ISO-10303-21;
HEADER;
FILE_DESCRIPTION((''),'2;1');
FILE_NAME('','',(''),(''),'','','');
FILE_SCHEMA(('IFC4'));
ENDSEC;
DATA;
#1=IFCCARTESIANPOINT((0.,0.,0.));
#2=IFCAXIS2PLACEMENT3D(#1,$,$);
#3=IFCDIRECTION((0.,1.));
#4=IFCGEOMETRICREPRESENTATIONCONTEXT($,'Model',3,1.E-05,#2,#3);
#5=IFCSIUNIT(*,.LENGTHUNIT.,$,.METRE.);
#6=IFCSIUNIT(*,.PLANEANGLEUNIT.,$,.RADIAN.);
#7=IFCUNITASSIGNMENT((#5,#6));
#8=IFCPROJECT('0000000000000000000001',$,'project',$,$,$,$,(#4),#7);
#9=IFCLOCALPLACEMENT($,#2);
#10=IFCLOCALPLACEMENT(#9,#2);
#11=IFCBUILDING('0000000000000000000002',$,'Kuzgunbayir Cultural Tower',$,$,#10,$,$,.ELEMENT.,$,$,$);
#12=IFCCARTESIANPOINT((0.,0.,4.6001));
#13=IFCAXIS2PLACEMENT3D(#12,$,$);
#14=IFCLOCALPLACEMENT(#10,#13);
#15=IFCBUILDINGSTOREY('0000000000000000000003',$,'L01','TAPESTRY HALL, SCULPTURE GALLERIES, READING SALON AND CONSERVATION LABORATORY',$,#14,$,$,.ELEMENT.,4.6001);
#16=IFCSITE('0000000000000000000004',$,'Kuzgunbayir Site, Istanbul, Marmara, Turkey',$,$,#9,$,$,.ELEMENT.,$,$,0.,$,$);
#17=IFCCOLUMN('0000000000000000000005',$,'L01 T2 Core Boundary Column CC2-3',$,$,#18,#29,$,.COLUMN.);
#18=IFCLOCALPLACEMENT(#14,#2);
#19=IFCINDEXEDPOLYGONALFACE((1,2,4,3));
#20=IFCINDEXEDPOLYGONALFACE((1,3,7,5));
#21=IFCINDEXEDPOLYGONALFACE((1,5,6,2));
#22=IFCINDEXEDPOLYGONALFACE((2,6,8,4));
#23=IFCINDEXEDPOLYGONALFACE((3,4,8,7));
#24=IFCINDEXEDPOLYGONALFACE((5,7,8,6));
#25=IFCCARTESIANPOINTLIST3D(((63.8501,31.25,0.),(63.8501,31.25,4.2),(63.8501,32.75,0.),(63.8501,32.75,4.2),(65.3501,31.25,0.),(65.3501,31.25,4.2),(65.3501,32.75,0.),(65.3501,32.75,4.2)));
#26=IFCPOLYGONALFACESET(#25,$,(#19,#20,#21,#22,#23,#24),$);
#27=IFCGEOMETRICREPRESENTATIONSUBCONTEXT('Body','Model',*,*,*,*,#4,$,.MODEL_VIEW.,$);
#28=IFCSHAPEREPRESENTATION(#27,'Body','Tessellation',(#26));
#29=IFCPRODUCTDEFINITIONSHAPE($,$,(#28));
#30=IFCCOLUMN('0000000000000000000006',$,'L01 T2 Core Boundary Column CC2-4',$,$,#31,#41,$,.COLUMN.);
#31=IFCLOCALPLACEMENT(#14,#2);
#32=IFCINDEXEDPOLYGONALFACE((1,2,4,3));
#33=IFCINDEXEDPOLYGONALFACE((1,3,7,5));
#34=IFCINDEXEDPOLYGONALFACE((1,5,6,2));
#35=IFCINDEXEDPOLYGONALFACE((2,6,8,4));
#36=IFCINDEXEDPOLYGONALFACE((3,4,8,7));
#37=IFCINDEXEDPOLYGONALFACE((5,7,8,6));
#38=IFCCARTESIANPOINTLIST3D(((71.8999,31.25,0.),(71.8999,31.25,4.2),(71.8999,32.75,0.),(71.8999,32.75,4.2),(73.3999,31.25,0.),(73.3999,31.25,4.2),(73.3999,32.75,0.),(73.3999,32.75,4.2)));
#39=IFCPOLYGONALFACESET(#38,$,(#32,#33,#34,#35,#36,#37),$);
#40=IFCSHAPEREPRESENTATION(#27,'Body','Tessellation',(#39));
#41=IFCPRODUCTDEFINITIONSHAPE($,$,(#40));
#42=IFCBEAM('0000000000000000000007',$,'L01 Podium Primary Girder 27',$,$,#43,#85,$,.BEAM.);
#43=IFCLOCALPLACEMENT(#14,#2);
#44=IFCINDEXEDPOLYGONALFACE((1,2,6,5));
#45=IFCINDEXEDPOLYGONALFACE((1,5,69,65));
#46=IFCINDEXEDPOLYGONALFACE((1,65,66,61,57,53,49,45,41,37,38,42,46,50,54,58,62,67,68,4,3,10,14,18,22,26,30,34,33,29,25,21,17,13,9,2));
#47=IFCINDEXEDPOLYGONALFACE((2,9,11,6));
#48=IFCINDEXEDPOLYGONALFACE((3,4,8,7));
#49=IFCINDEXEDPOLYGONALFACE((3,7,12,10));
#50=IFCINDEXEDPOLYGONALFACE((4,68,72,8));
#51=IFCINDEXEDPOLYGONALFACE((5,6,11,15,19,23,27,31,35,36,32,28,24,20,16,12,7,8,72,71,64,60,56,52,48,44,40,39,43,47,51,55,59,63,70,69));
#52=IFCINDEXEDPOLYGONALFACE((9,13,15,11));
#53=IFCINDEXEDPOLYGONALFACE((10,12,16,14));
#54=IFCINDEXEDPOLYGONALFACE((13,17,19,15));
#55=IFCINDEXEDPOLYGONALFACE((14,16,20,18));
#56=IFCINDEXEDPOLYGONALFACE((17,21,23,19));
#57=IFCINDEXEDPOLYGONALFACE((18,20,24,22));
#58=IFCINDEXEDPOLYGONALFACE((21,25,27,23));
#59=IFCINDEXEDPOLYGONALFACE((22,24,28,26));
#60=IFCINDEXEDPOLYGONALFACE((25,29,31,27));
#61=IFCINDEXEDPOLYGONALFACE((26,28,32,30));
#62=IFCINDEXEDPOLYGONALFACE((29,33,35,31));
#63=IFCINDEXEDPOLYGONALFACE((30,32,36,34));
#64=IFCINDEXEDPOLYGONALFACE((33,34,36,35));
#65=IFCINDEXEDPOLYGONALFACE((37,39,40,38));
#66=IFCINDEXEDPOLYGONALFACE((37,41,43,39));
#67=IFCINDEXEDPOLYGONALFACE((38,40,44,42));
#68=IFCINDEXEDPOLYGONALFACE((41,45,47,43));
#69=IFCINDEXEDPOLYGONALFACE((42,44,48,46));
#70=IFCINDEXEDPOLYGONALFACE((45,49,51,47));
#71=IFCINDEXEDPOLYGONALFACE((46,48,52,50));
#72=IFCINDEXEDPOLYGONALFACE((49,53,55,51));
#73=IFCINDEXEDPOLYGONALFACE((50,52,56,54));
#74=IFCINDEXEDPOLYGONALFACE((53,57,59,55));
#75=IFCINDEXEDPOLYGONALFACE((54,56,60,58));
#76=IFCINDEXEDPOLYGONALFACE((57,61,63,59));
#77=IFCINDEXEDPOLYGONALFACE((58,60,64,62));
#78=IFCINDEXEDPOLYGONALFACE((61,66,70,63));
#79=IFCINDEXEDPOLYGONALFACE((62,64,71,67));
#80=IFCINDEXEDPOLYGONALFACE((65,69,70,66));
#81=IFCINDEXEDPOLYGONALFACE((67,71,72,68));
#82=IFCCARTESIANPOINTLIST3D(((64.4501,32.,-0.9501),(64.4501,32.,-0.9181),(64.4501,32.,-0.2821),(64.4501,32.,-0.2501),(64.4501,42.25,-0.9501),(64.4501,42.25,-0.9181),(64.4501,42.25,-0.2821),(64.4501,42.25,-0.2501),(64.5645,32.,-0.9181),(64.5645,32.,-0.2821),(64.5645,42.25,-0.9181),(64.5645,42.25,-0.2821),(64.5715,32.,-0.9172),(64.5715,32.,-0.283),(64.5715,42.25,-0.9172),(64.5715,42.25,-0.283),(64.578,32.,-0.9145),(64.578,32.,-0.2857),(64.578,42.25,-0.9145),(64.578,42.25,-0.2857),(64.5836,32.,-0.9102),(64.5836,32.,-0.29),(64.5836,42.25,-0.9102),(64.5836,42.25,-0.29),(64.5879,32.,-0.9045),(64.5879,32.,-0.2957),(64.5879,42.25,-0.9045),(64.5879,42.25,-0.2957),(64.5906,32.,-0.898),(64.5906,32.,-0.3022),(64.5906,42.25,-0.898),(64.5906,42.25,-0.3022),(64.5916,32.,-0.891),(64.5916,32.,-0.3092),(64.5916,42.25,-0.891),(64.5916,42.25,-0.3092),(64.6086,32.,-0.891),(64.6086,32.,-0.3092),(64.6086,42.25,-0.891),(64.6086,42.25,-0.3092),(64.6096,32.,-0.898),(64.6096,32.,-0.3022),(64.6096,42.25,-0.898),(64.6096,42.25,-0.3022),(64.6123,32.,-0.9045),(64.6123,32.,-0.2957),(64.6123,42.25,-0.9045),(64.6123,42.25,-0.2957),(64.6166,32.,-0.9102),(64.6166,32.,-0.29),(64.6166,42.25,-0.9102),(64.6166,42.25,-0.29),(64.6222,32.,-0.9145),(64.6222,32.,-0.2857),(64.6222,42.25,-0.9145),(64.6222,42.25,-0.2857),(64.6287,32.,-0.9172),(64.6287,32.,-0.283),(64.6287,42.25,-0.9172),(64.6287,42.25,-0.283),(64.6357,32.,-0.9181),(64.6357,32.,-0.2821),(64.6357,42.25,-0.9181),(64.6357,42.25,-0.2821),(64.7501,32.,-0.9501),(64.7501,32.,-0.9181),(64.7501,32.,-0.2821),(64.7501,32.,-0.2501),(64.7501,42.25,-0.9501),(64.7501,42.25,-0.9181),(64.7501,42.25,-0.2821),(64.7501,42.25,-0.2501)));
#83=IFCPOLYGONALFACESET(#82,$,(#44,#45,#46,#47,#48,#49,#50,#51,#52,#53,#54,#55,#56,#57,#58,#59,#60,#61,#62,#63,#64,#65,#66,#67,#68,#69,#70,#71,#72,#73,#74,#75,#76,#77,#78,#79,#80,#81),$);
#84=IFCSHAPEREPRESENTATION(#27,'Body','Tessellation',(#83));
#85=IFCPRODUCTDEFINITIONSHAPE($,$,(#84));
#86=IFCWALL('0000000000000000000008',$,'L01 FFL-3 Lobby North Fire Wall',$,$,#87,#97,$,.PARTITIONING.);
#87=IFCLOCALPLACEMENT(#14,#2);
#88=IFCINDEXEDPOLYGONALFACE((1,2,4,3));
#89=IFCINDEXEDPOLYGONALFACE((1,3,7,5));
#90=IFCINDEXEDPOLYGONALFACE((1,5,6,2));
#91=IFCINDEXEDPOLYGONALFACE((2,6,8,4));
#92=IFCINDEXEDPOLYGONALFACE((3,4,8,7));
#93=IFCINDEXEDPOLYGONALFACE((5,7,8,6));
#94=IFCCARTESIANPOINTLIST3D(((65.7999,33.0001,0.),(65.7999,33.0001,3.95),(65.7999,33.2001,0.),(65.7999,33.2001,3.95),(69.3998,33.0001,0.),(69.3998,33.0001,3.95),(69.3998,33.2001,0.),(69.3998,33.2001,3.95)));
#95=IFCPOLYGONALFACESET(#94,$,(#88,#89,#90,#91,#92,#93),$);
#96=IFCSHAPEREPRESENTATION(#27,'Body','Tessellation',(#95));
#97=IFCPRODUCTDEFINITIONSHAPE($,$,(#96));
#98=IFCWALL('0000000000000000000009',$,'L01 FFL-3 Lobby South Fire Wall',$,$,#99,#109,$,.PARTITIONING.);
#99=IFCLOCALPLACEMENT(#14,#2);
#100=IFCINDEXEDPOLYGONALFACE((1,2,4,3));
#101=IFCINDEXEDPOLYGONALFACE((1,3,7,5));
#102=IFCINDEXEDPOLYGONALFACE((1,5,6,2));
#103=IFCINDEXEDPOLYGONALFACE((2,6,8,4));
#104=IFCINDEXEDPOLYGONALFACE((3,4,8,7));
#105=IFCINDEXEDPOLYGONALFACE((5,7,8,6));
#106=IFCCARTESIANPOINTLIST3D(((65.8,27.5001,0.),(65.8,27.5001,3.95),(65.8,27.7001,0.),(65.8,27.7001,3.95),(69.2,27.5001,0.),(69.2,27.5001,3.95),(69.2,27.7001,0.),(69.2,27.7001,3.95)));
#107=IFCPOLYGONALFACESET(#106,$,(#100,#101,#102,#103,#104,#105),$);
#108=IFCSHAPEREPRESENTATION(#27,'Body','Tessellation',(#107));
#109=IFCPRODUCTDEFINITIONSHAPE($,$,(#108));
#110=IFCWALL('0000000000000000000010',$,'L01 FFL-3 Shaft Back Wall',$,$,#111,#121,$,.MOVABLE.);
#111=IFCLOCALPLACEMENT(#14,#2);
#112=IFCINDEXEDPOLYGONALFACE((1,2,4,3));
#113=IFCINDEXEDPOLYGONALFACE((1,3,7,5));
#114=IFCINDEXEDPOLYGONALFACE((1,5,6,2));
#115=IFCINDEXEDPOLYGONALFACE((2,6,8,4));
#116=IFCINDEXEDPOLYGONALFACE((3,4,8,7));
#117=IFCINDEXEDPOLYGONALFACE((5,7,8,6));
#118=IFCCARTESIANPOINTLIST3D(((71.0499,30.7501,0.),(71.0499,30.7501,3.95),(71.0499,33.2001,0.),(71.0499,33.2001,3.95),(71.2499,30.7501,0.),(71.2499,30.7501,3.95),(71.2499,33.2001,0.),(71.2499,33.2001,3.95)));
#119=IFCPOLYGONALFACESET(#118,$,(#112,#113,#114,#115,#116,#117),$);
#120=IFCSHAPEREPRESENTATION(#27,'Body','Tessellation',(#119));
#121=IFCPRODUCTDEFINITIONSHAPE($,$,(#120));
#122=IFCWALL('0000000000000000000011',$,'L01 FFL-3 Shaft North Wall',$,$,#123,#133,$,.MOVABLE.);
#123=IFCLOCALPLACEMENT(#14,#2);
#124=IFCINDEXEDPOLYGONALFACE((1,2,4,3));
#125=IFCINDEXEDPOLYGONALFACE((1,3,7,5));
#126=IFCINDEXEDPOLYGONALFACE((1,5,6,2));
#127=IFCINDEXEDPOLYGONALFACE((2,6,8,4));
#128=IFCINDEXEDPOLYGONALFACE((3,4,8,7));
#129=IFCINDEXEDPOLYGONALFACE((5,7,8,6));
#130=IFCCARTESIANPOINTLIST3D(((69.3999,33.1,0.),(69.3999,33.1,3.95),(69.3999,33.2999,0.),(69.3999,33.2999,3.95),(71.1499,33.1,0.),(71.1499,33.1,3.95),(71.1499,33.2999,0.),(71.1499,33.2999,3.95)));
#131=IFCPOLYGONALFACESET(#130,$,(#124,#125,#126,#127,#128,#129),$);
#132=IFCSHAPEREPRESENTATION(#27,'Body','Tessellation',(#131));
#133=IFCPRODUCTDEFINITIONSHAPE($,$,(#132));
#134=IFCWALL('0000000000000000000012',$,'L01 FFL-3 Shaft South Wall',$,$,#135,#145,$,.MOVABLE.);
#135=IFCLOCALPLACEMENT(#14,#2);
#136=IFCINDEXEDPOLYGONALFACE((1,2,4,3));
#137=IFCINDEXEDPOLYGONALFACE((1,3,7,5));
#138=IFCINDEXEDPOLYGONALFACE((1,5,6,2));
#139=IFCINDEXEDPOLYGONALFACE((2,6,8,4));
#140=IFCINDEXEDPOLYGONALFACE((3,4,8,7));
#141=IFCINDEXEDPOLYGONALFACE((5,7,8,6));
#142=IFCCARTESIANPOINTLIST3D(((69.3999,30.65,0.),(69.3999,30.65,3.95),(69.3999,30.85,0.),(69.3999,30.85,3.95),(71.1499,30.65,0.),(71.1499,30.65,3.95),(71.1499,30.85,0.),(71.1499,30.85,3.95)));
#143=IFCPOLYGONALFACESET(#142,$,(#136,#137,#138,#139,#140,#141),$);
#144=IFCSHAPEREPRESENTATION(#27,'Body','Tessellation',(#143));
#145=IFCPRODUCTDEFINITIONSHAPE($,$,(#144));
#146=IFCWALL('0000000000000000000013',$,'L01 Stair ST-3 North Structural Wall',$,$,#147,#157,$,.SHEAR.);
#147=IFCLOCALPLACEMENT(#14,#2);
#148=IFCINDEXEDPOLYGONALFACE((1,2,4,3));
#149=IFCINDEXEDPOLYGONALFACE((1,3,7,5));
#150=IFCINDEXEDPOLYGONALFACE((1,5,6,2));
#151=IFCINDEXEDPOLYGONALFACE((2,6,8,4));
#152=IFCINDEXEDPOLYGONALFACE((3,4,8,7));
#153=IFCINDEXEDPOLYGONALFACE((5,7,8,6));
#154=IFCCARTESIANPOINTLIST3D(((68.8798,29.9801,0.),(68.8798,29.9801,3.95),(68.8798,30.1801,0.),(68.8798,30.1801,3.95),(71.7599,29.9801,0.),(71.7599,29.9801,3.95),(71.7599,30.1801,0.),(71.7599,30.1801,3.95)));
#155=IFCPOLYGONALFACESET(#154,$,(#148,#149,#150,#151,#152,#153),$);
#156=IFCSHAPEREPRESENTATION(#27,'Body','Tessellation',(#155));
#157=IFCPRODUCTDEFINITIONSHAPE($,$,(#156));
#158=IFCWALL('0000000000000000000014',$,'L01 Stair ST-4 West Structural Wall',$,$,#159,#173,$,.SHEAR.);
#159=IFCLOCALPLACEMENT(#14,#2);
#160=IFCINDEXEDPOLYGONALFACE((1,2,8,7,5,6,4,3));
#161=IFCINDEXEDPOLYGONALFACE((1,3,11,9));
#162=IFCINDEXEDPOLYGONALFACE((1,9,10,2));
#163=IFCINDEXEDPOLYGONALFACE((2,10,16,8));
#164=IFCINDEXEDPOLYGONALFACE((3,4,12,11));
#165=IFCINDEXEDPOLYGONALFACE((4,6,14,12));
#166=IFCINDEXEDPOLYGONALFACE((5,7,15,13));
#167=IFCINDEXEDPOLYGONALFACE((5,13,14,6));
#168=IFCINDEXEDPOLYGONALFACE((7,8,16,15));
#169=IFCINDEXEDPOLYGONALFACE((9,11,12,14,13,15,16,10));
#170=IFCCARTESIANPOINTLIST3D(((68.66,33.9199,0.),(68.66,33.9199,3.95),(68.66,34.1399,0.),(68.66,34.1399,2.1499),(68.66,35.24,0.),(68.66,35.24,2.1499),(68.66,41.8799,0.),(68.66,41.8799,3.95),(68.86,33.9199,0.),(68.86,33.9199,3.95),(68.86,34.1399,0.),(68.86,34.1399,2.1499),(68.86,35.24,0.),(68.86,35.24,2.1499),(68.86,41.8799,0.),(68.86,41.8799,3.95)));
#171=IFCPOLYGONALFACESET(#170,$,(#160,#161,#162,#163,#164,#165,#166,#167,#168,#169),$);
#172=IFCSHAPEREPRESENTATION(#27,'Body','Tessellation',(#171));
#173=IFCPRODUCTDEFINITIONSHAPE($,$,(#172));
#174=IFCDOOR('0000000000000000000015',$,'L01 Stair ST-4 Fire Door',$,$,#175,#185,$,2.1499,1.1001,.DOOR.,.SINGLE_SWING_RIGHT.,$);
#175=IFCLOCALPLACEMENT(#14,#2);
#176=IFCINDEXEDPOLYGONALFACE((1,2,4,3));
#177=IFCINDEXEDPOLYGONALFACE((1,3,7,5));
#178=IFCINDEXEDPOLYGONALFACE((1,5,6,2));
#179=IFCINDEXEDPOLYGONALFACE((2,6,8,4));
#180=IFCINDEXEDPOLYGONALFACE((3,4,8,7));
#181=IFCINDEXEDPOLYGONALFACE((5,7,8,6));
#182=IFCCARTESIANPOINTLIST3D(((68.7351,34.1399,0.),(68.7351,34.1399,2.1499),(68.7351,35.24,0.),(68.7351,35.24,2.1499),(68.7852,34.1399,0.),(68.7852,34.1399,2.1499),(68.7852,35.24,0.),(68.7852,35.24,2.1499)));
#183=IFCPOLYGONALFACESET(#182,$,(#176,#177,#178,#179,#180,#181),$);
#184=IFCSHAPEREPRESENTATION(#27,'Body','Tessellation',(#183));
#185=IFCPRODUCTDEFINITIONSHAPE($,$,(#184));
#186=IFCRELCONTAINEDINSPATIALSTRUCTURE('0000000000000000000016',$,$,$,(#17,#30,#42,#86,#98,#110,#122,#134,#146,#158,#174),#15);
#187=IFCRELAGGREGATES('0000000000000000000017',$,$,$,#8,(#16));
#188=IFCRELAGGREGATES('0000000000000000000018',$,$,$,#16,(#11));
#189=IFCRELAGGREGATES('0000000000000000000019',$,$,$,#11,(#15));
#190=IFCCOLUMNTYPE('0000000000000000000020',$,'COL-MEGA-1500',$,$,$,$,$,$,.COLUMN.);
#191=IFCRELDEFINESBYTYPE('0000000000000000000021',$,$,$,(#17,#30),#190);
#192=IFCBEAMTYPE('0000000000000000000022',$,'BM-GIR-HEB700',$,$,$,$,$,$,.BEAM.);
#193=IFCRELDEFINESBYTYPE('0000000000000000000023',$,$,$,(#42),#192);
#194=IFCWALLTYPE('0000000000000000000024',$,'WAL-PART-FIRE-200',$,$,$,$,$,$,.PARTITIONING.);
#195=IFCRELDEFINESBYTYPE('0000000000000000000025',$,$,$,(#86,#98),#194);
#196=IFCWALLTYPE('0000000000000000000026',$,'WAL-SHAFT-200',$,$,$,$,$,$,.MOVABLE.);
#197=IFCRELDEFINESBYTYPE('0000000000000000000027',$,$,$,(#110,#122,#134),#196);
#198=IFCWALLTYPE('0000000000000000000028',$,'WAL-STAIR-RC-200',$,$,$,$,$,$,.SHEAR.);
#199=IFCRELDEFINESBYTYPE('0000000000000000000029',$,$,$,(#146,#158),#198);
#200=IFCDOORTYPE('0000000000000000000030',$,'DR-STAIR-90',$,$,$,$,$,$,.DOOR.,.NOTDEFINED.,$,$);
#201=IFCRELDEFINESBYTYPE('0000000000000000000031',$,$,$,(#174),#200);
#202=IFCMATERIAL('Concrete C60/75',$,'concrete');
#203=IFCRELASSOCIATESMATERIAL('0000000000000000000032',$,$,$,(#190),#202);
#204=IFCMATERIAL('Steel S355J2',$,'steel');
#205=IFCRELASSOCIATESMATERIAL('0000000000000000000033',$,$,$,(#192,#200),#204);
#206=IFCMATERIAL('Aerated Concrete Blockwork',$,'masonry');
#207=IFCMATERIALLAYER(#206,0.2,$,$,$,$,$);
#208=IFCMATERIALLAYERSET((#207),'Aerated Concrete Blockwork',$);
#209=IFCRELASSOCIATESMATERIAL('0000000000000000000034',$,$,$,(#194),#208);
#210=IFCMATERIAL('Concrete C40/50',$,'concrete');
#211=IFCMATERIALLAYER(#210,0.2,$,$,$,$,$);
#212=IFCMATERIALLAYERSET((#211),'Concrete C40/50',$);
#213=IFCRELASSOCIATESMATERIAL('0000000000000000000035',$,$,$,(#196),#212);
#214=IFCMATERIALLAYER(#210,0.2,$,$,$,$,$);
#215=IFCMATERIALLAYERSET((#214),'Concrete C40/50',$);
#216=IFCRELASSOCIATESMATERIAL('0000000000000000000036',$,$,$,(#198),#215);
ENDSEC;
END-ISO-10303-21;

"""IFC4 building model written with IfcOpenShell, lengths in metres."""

from ifc_helpers import new_model, si_unit, direction, frame, frame_2d, origin, origin_2d, place, context, subcontext, project, spatial, rectangle, i_section, extrude, material, layer, layer_set, material_profile, profile_set, type_object, element, fill, save


model = new_model("IFC4")

# Units and contexts
model_context = context("Model", 3, precision=1e-05, world=origin(), true_north=direction((0.0, 1.0)))
body_context = subcontext(model_context, "Body", "Model", "MODEL_VIEW")
ifc_project = project(units=[si_unit("LENGTHUNIT", "METRE"), si_unit("PLANEANGLEUNIT", "RADIAN")], contexts=[model_context])

# Site, building, storey
site_placement = place(None, origin())
site = spatial("IfcSite", under=ifc_project, at=site_placement, Name="Kuzgunbayir Site, Istanbul, Marmara, Turkey", CompositionType="ELEMENT", RefElevation=0.0)
building_placement = place(site_placement, origin())
building = spatial("IfcBuilding", under=site, at=building_placement, Name="Kuzgunbayir Cultural Tower", CompositionType="ELEMENT")
storey_placement = place(building_placement, frame((0.0, 0.0, 4.6001)))
storey = spatial("IfcBuildingStorey", under=building, at=storey_placement, Name="L01", Description="TAPESTRY HALL, SCULPTURE GALLERIES, READING SALON AND CONSERVATION LABORATORY", CompositionType="ELEMENT", Elevation=4.6001)

# Columns
ifc_material_1 = material(Name="Concrete C60/75", Category="concrete")
ifc_material_profile_1 = material_profile(ifc_material_1, rectangle(XDim=1.5, YDim=1.5, at=origin_2d()), Name="RC 1500x1500")
ifc_profile_set_1 = profile_set([ifc_material_profile_1], Name="Concrete C60/75")
column_type = type_object("IfcColumnType", Name="COL-MEGA-1500", PredefinedType="COLUMN", material=ifc_profile_set_1)
for number, where, z_axis, x_axis, name in (
    (1, (64.6001, 32.0, 0.0), (0.0, 0.0, 1.0), (1.0, 0.0, 0.0), "L01 T2 Core Boundary Column CC2-3"),
    (2, (72.6499, 32.0, 0.0), (0.0, 0.0, 1.0), (1.0, 0.0, 0.0), "L01 T2 Core Boundary Column CC2-4"),
):
    element("IfcColumn", number, at=place(storey_placement, frame(where, z_axis=z_axis, x_axis=x_axis)), inside=storey, type_object=column_type, Name=name, PredefinedType="COLUMN", context=body_context, shape_type="SweptSolid", body=[
        extrude(rectangle(XDim=1.5, YDim=1.5, at=origin_2d()), origin(), (0.0, 0.0, 1.0), 4.2),
    ])

# Beam
ifc_material_2 = material(Name="Steel S355J2", Category="steel")
ifc_material_profile_2 = material_profile(ifc_material_2, i_section(OverallWidth=0.3, OverallDepth=0.7, WebThickness=0.0171, FlangeThickness=0.032, FilletRadius=0.0271, at=origin_2d()), Name="HEB 700")
ifc_profile_set_2 = profile_set([ifc_material_profile_2], Name="Steel S355J2")
beam_type = type_object("IfcBeamType", Name="BM-GIR-HEB700", PredefinedType="BEAM", material=ifc_profile_set_2)
beam_placement = place(storey_placement, frame((64.6001, 32.0, -0.6001), z_axis=(0.0, 1.0, 0.0), x_axis=(-1.0, 0.0, 0.0)))
element("IfcBeam", 3, at=beam_placement, inside=storey, type_object=beam_type, Name="L01 Podium Primary Girder 27", PredefinedType="BEAM", context=body_context, shape_type="SweptSolid", body=[
    extrude(i_section(OverallWidth=0.3, OverallDepth=0.7, WebThickness=0.0171, FlangeThickness=0.032, FilletRadius=0.0271, at=origin_2d()), origin(), (0.0, 0.0, 1.0), 10.25),
])

# Shared definitions
ifc_material_3 = material(Name="Aerated Concrete Blockwork", Category="masonry")
ifc_layer_1 = layer(ifc_material_3, 0.2)
ifc_layer_set_1 = layer_set([ifc_layer_1], Name="Aerated Concrete Blockwork")
wall_type_1 = type_object("IfcWallType", Name="WAL-PART-FIRE-200", PredefinedType="PARTITIONING", material=ifc_layer_set_1)

# Walls
wall_1_placement = place(storey_placement, frame((65.8, 33.1001, 0.0), z_axis=(0.0, 0.0, 1.0), x_axis=(1.0, 0.0, 0.0)))
element("IfcWall", 4, at=wall_1_placement, inside=storey, type_object=wall_type_1, Name="L01 FFL-3 Lobby North Fire Wall", PredefinedType="PARTITIONING", context=body_context, shape_type="SweptSolid", body=[
    extrude(rectangle(XDim=3.5999, YDim=0.2, at=frame_2d((1.7998, 0.0))), origin(), (0.0, 0.0, 1.0), 3.95),
])
wall_2_placement = place(storey_placement, frame((65.8, 27.6001, 0.0), z_axis=(0.0, 0.0, 1.0), x_axis=(1.0, 0.0, 0.0)))
element("IfcWall", 5, at=wall_2_placement, inside=storey, type_object=wall_type_1, Name="L01 FFL-3 Lobby South Fire Wall", PredefinedType="PARTITIONING", context=body_context, shape_type="SweptSolid", body=[
    extrude(rectangle(XDim=3.3999, YDim=0.2, at=frame_2d((1.7, 0.0))), origin(), (0.0, 0.0, 1.0), 3.95),
])

# Shared definitions
ifc_material_4 = material(Name="Concrete C40/50", Category="concrete")
ifc_layer_2 = layer(ifc_material_4, 0.2)
ifc_layer_set_2 = layer_set([ifc_layer_2], Name="Concrete C40/50")
wall_type_2 = type_object("IfcWallType", Name="WAL-SHAFT-200", PredefinedType="MOVABLE", material=ifc_layer_set_2)

# Walls
wall_3_placement = place(storey_placement, frame((71.1499, 30.75, 0.0), z_axis=(0.0, 0.0, 1.0), x_axis=(0.0, 1.0, 0.0)))
element("IfcWall", 6, at=wall_3_placement, inside=storey, type_object=wall_type_2, Name="L01 FFL-3 Shaft Back Wall", PredefinedType="MOVABLE", context=body_context, shape_type="SweptSolid", body=[
    extrude(rectangle(XDim=2.45, YDim=0.2, at=frame_2d((1.2251, 0.0))), origin(), (0.0, 0.0, 1.0), 3.95),
])
for number, where, z_axis, x_axis, name in (
    (7, (69.3999, 33.2, 0.0), (0.0, 0.0, 1.0), (1.0, 0.0, 0.0), "L01 FFL-3 Shaft North Wall"),
    (8, (69.3999, 30.75, 0.0), (0.0, 0.0, 1.0), (1.0, 0.0, 0.0), "L01 FFL-3 Shaft South Wall"),
):
    element("IfcWall", number, at=place(storey_placement, frame(where, z_axis=z_axis, x_axis=x_axis)), inside=storey, type_object=wall_type_2, Name=name, PredefinedType="MOVABLE", context=body_context, shape_type="SweptSolid", body=[
        extrude(rectangle(XDim=1.75, YDim=0.2, at=frame_2d((0.875, 0.0))), origin(), (0.0, 0.0, 1.0), 3.95),
    ])
ifc_layer_3 = layer(ifc_material_4, 0.2)
ifc_layer_set_3 = layer_set([ifc_layer_3], Name="Concrete C40/50")
wall_type_3 = type_object("IfcWallType", Name="WAL-STAIR-RC-200", PredefinedType="SHEAR", material=ifc_layer_set_3)
wall_4_placement = place(storey_placement, frame((68.8799, 30.0801, 0.0), z_axis=(0.0, 0.0, 1.0), x_axis=(1.0, 0.0, 0.0)))
element("IfcWall", 9, at=wall_4_placement, inside=storey, type_object=wall_type_3, Name="L01 Stair ST-3 North Structural Wall", PredefinedType="SHEAR", context=body_context, shape_type="SweptSolid", body=[
    extrude(rectangle(XDim=2.8801, YDim=0.2, at=frame_2d((1.4399, 0.0))), origin(), (0.0, 0.0, 1.0), 3.95),
])

# Wall, opening, door
wall_5_placement = place(storey_placement, frame((68.76, 33.9199, 0.0), z_axis=(0.0, 0.0, 1.0), x_axis=(0.0, 1.0, 0.0)))
wall_5 = element("IfcWall", 10, at=wall_5_placement, inside=storey, type_object=wall_type_3, Name="L01 Stair ST-4 West Structural Wall", PredefinedType="SHEAR", context=body_context, shape_type="SweptSolid", body=[
    extrude(rectangle(XDim=7.96, YDim=0.2, at=frame_2d((3.98, 0.0))), origin(), (0.0, 0.0, 1.0), 3.95),
])
opening_1_placement = place(wall_5_placement, frame((0.22, 0.0, 0.0)))
opening_1 = element("IfcOpeningElement", 11, at=opening_1_placement, cuts=wall_5, PredefinedType="OPENING", context=body_context, shape_type="SweptSolid", body=[
    extrude(rectangle(XDim=1.1001, YDim=2.1499, at=frame_2d((0.55, 1.075))), frame((0.0, 0.1099, 0.0), z_axis=(0.0, -1.0, 0.0), x_axis=(1.0, 0.0, 0.0)), (0.0, 0.0, 1.0), 0.22),
])
door_type_1 = type_object("IfcDoorType", Name="DR-STAIR-90", OperationType="NOTDEFINED", PredefinedType="DOOR", material=ifc_material_2)
door_1_placement = place(opening_1_placement, origin())
door_1 = element("IfcDoor", 12, at=door_1_placement, inside=storey, type_object=door_type_1, Name="L01 Stair ST-4 Fire Door", OperationType="SINGLE_SWING_RIGHT", OverallHeight=2.1499, OverallWidth=1.1001, PredefinedType="DOOR", context=body_context, shape_type="SweptSolid", body=[
    extrude(rectangle(XDim=1.1001, YDim=2.1499, at=frame_2d((0.55, 1.075))), frame((0.0, 0.0249, 0.0), z_axis=(0.0, -1.0, 0.0), x_axis=(1.0, 0.0, 0.0)), (0.0, 0.0, 1.0), 0.05),
])
fill(opening_1, door_1)

save(model, "model.ifc")
